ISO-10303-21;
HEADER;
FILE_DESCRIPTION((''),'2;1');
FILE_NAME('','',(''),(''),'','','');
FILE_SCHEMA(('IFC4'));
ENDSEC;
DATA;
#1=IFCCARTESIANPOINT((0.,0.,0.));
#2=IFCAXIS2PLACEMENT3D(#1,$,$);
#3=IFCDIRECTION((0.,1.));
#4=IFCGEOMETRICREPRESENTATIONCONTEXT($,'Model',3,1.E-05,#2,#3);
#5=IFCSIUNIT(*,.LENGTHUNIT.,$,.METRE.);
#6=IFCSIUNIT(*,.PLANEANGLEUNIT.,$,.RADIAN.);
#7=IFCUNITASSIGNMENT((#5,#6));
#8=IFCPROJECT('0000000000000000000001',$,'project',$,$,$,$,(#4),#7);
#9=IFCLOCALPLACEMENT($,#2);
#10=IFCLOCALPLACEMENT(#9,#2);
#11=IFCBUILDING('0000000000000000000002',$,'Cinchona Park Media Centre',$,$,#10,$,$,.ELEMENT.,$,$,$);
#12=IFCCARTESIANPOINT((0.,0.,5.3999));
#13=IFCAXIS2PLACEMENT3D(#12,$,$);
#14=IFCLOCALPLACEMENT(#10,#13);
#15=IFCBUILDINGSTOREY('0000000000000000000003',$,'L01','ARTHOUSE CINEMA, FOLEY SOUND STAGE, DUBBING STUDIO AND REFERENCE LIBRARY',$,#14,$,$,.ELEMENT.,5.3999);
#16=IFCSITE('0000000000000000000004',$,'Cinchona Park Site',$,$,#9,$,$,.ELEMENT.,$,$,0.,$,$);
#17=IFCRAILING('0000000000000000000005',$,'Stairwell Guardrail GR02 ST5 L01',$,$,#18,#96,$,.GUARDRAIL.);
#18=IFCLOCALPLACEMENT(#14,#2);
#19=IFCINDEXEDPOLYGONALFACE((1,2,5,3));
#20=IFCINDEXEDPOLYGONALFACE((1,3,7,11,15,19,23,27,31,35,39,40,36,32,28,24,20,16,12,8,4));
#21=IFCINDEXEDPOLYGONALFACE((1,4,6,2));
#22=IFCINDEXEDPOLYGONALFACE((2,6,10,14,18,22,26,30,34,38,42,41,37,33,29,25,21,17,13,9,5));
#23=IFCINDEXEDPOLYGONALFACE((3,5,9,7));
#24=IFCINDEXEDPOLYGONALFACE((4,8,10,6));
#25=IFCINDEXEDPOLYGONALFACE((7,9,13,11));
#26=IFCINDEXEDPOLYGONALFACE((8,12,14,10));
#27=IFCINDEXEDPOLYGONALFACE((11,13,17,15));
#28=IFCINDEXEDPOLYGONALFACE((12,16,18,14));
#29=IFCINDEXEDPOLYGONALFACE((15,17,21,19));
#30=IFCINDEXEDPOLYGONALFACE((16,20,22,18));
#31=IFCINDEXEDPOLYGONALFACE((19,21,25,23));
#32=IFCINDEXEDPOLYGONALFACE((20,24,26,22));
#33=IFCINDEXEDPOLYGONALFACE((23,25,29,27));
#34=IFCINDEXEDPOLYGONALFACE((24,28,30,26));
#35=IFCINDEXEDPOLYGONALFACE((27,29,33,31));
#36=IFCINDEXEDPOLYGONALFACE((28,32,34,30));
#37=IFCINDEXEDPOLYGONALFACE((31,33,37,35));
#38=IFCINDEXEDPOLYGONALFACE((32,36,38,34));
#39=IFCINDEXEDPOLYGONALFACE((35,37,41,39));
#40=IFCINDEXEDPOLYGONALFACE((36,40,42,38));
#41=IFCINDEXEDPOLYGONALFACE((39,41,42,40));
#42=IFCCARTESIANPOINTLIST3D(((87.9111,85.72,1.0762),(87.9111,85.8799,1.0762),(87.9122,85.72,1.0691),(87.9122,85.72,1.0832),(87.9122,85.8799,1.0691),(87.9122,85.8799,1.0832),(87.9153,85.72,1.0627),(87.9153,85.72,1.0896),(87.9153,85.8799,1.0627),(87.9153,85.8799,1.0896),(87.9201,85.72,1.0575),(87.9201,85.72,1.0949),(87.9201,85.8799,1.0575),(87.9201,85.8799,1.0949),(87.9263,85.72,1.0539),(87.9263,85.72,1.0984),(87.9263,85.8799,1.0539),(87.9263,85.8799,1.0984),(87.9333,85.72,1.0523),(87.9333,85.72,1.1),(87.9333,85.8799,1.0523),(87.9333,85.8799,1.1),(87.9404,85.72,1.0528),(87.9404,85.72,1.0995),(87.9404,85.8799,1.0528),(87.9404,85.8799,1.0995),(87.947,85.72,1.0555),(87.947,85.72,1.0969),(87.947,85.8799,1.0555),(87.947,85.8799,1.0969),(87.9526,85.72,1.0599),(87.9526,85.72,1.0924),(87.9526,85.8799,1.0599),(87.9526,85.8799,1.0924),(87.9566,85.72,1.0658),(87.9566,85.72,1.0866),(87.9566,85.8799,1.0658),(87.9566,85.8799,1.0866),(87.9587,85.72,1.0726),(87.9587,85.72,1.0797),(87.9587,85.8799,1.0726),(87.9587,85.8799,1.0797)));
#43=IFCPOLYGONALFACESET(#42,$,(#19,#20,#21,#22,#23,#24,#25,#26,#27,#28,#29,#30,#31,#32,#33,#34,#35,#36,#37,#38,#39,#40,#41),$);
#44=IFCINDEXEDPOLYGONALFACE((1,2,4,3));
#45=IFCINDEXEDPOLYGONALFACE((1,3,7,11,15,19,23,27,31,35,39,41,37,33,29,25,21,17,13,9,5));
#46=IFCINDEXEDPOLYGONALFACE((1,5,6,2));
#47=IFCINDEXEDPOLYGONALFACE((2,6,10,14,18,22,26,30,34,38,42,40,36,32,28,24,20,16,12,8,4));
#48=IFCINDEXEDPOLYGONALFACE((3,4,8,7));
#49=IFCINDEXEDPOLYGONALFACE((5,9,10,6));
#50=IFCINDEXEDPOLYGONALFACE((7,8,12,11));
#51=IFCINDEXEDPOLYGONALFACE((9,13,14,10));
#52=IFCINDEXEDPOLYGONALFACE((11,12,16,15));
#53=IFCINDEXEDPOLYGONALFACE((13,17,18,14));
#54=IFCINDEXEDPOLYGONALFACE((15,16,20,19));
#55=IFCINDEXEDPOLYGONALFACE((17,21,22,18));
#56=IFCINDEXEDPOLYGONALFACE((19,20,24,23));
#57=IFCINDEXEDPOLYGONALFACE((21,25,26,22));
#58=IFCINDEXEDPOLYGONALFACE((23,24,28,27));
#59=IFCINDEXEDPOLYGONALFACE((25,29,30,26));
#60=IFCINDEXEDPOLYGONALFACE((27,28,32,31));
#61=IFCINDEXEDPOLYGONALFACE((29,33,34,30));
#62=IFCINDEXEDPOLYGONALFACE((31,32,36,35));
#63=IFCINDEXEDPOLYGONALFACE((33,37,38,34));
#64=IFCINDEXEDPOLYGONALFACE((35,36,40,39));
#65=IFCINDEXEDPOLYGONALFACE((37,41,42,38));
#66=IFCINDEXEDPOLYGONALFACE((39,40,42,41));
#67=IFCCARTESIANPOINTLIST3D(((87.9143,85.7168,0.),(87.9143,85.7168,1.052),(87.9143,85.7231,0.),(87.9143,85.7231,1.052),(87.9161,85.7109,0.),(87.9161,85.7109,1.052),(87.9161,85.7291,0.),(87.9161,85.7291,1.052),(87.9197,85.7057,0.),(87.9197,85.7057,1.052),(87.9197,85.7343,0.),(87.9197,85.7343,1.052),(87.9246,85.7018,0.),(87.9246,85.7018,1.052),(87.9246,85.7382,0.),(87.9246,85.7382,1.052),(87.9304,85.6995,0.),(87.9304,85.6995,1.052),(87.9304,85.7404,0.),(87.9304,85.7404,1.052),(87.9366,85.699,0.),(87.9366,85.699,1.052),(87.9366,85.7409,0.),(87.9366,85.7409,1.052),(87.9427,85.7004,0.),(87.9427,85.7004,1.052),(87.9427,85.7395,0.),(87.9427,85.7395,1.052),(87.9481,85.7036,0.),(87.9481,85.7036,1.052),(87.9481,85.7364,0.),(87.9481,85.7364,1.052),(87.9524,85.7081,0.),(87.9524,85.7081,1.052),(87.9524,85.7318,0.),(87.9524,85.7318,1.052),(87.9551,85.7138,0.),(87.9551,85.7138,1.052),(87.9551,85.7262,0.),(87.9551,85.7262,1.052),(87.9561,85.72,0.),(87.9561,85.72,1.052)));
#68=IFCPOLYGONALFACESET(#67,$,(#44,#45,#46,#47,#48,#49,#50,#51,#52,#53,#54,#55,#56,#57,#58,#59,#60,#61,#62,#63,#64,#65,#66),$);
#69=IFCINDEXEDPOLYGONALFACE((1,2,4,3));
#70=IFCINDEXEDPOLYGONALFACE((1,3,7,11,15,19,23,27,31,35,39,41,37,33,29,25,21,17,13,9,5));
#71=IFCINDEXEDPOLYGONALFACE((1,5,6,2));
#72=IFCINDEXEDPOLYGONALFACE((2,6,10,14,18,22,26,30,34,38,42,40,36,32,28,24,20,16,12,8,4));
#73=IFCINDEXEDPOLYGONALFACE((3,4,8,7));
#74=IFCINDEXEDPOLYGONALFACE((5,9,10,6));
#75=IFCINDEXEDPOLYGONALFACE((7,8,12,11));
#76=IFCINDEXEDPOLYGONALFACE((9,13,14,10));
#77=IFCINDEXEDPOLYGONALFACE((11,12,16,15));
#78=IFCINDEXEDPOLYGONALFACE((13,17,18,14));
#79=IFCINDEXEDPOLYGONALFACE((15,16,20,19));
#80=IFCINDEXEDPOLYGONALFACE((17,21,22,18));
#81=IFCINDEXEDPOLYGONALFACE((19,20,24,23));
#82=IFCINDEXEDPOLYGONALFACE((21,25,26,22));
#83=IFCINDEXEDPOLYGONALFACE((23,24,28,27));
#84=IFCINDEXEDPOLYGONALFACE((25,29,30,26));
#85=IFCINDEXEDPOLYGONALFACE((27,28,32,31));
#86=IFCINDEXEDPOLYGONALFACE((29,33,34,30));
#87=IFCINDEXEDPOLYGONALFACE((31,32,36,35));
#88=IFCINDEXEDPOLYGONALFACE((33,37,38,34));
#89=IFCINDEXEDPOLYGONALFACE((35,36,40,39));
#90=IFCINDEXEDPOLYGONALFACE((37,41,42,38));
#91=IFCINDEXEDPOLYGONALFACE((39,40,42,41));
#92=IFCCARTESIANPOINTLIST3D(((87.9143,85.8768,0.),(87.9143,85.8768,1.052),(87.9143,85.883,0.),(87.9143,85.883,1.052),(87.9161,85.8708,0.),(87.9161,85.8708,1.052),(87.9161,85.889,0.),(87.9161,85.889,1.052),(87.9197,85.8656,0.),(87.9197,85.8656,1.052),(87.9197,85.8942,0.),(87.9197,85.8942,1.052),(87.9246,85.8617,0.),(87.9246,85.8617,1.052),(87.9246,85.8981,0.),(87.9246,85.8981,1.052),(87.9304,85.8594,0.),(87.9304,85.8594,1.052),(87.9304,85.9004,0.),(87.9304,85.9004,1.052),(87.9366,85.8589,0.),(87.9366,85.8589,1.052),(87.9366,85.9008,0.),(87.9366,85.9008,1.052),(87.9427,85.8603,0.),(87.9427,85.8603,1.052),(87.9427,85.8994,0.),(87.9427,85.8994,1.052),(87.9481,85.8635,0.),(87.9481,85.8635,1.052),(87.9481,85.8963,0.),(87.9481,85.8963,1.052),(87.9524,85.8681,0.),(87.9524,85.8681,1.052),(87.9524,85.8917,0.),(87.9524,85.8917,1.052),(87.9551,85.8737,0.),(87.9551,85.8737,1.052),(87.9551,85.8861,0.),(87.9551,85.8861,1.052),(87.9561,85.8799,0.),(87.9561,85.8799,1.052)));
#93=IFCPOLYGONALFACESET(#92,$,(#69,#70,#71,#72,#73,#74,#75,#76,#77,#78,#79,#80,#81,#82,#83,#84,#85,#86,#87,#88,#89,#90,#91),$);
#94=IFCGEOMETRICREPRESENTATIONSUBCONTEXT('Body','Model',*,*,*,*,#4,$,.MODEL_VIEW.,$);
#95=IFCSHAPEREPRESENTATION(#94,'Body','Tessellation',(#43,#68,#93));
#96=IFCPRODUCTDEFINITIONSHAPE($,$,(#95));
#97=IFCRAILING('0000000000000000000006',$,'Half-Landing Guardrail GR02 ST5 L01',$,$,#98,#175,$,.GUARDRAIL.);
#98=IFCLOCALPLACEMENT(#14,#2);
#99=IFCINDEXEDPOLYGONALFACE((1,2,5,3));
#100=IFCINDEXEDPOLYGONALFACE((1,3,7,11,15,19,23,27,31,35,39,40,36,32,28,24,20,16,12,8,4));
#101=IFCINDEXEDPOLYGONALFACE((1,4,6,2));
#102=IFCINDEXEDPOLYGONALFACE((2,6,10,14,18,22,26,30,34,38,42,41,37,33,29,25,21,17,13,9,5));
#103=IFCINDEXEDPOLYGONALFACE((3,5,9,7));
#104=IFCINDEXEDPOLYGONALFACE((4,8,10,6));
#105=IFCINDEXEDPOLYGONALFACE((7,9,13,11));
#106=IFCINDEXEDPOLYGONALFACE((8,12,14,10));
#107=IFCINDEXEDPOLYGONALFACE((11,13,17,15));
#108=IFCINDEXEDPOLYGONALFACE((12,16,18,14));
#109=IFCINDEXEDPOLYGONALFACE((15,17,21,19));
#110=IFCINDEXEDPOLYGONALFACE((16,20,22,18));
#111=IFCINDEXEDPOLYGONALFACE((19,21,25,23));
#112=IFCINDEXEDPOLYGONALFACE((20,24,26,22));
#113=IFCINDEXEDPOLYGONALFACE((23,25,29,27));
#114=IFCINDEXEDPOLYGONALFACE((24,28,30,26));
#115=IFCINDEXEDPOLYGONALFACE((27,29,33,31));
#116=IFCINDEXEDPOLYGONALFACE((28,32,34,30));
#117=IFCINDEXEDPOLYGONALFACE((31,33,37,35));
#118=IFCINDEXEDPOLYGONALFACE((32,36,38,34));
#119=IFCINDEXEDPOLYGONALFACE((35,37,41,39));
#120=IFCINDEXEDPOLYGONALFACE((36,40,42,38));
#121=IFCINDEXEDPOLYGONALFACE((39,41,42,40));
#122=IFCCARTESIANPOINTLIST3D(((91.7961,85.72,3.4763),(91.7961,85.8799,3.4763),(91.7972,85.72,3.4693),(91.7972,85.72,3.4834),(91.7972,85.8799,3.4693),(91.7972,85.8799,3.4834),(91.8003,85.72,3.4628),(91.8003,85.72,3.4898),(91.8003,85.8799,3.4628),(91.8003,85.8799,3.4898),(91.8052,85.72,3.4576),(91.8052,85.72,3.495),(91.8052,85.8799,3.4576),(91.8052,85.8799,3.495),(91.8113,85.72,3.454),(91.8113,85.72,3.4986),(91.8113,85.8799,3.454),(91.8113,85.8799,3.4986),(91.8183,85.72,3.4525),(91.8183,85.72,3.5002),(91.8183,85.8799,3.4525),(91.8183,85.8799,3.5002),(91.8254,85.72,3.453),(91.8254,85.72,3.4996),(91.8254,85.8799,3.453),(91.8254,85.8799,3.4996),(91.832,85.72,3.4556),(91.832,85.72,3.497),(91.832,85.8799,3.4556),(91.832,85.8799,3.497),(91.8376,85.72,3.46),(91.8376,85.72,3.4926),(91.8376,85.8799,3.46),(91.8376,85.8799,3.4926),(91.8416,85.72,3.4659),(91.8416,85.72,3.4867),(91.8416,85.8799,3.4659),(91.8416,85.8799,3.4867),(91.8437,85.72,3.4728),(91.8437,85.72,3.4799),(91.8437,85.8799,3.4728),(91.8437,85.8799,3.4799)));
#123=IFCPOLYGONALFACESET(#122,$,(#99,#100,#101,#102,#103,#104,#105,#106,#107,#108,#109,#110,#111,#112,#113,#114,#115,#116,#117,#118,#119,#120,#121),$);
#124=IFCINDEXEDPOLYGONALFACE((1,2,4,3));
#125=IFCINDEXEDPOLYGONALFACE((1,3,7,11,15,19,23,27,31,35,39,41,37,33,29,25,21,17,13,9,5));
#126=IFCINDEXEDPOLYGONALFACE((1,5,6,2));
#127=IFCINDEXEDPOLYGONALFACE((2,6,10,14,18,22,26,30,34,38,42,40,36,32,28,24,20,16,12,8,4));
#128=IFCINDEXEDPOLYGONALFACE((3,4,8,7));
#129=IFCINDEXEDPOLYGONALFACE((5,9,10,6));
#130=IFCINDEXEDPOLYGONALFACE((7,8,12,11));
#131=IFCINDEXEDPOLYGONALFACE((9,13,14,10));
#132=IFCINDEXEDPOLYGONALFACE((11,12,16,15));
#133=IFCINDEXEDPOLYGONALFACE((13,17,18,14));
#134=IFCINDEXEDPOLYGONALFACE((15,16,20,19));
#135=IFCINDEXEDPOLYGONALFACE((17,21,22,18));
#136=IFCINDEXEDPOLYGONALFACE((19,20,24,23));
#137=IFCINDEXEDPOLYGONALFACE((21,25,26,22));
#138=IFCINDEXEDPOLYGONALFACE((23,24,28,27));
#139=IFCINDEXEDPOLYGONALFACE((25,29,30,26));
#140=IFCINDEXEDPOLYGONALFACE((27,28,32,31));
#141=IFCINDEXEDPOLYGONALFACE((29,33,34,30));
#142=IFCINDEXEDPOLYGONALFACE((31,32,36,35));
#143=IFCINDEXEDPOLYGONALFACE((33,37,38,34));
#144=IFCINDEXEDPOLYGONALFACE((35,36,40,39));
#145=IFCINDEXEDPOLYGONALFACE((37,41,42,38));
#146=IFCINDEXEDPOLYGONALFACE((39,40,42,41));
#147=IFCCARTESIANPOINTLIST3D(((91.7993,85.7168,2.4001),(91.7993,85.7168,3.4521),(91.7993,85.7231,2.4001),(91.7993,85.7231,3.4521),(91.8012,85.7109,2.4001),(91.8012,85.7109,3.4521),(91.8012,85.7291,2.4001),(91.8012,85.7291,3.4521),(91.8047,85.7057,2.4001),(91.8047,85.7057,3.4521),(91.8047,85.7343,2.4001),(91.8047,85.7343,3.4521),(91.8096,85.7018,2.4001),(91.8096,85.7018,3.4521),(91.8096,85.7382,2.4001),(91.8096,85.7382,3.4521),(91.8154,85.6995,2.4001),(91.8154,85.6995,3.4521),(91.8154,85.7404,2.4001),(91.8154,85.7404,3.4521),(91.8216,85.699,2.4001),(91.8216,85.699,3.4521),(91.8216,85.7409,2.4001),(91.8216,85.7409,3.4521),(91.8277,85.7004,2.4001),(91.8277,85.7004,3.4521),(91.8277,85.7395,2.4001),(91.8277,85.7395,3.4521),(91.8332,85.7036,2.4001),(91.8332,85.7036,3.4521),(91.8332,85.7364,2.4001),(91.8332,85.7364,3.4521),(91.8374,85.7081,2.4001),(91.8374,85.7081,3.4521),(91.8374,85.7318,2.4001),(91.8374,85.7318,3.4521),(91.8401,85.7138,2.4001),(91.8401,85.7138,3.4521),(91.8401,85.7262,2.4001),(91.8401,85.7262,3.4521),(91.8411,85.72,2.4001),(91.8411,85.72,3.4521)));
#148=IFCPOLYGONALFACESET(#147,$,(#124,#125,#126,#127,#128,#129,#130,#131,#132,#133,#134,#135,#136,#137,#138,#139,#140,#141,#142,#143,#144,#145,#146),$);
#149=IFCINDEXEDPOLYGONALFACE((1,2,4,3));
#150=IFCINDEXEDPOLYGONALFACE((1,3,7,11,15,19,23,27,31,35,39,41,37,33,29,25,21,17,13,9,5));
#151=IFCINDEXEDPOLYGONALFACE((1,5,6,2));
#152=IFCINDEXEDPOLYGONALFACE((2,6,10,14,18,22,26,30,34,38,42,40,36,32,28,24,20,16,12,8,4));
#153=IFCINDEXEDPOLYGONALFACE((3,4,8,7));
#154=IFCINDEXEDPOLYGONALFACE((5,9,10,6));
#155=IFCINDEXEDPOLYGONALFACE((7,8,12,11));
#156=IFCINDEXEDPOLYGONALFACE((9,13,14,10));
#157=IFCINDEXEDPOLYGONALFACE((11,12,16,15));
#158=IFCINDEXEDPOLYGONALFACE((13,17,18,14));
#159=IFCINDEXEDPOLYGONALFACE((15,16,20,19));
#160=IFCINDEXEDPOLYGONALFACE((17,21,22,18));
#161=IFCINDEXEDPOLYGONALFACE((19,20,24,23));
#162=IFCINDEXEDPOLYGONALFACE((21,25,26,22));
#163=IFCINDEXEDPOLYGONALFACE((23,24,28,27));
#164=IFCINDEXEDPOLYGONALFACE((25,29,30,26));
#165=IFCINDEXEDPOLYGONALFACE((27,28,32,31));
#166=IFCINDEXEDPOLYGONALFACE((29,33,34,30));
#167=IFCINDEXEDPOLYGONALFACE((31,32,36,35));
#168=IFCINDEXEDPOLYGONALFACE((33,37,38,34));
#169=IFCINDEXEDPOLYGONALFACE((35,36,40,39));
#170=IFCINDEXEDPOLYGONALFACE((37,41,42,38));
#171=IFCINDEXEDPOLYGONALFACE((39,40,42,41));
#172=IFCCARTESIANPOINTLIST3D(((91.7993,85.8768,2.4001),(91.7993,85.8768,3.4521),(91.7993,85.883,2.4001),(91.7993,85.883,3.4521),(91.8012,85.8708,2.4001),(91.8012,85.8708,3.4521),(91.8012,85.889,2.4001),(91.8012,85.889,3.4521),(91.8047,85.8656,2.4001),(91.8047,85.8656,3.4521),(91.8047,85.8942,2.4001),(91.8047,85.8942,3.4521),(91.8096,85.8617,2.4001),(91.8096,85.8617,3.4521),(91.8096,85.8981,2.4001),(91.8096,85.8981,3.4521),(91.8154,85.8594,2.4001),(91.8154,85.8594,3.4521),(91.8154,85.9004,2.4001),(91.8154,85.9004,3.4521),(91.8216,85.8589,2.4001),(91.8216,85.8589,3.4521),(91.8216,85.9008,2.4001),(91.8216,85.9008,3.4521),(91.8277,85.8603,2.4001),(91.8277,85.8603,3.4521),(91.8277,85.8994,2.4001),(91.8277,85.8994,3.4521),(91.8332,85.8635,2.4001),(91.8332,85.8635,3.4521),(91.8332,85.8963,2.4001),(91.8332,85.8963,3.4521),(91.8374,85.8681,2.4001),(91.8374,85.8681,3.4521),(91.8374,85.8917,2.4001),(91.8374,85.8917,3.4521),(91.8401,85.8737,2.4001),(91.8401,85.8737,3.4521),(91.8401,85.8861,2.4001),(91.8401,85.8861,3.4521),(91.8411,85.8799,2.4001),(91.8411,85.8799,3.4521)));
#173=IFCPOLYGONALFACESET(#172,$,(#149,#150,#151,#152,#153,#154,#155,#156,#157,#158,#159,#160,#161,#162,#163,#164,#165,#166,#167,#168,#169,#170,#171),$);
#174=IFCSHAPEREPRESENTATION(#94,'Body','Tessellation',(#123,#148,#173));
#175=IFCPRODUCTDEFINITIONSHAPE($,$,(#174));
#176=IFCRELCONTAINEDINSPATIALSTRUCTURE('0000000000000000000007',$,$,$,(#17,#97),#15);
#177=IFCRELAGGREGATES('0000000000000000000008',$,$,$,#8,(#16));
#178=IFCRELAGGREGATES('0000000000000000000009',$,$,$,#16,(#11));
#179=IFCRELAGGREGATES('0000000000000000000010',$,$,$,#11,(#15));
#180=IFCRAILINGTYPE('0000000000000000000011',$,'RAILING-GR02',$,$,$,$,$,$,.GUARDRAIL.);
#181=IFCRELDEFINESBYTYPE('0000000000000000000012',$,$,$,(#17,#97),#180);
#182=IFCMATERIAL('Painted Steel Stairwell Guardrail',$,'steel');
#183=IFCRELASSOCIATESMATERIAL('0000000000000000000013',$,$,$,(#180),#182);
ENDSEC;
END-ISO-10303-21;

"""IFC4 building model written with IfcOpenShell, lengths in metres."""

from ifc_helpers import new_model, si_unit, direction, frame, origin, origin_2d, place, context, subcontext, project, spatial, circle, extrude, material, type_object, element, save


model = new_model("IFC4")

# Units and contexts
model_context = context("Model", 3, precision=1e-05, world=origin(), true_north=direction((0.0, 1.0)))
body_context = subcontext(model_context, "Body", "Model", "MODEL_VIEW")
ifc_project = project(units=[si_unit("LENGTHUNIT", "METRE"), si_unit("PLANEANGLEUNIT", "RADIAN")], contexts=[model_context])

# Site, building, storey
site_placement = place(None, origin())
site = spatial("IfcSite", under=ifc_project, at=site_placement, Name="Cinchona Park Site", CompositionType="ELEMENT", RefElevation=0.0)
building_placement = place(site_placement, origin())
building = spatial("IfcBuilding", under=site, at=building_placement, Name="Cinchona Park Media Centre", CompositionType="ELEMENT")
storey_placement = place(building_placement, frame((0.0, 0.0, 5.3999)))
storey = spatial("IfcBuildingStorey", under=building, at=storey_placement, Name="L01", Description="ARTHOUSE CINEMA, FOLEY SOUND STAGE, DUBBING STUDIO AND REFERENCE LIBRARY", CompositionType="ELEMENT", Elevation=5.3999)

# Railings
ifc_material_1 = material(Name="Painted Steel Stairwell Guardrail", Category="steel")
railing_type_1 = type_object("IfcRailingType", Name="RAILING-GR02", PredefinedType="GUARDRAIL", material=ifc_material_1)
for number, where, name in (
    (1, (87.9351, 85.72, 0.0), "Stairwell Guardrail GR02 ST5 L01"),
    (2, (91.8201, 85.72, 2.4001), "Half-Landing Guardrail GR02 ST5 L01"),
):
    element("IfcRailing", number, at=place(storey_placement, frame(where)), inside=storey, type_object=railing_type_1, Name=name, PredefinedType="GUARDRAIL", context=body_context, shape_type="SweptSolid", body=[
        extrude(circle(Radius=0.0239, at=origin_2d()), frame((0.0, 0.0, 1.0762), z_axis=(0.0, 1.0, 0.0), x_axis=(-1.0, 0.0, 0.0)), (0.0, 0.0, 1.0), 0.1599),
        extrude(circle(Radius=0.021, at=origin_2d()), origin(), (0.0, 0.0, 1.0), 1.052),
        extrude(circle(Radius=0.021, at=origin_2d()), frame((0.0, 0.1599, 0.0)), (0.0, 0.0, 1.0), 1.052),
    ])

save(model, "model.ifc")
